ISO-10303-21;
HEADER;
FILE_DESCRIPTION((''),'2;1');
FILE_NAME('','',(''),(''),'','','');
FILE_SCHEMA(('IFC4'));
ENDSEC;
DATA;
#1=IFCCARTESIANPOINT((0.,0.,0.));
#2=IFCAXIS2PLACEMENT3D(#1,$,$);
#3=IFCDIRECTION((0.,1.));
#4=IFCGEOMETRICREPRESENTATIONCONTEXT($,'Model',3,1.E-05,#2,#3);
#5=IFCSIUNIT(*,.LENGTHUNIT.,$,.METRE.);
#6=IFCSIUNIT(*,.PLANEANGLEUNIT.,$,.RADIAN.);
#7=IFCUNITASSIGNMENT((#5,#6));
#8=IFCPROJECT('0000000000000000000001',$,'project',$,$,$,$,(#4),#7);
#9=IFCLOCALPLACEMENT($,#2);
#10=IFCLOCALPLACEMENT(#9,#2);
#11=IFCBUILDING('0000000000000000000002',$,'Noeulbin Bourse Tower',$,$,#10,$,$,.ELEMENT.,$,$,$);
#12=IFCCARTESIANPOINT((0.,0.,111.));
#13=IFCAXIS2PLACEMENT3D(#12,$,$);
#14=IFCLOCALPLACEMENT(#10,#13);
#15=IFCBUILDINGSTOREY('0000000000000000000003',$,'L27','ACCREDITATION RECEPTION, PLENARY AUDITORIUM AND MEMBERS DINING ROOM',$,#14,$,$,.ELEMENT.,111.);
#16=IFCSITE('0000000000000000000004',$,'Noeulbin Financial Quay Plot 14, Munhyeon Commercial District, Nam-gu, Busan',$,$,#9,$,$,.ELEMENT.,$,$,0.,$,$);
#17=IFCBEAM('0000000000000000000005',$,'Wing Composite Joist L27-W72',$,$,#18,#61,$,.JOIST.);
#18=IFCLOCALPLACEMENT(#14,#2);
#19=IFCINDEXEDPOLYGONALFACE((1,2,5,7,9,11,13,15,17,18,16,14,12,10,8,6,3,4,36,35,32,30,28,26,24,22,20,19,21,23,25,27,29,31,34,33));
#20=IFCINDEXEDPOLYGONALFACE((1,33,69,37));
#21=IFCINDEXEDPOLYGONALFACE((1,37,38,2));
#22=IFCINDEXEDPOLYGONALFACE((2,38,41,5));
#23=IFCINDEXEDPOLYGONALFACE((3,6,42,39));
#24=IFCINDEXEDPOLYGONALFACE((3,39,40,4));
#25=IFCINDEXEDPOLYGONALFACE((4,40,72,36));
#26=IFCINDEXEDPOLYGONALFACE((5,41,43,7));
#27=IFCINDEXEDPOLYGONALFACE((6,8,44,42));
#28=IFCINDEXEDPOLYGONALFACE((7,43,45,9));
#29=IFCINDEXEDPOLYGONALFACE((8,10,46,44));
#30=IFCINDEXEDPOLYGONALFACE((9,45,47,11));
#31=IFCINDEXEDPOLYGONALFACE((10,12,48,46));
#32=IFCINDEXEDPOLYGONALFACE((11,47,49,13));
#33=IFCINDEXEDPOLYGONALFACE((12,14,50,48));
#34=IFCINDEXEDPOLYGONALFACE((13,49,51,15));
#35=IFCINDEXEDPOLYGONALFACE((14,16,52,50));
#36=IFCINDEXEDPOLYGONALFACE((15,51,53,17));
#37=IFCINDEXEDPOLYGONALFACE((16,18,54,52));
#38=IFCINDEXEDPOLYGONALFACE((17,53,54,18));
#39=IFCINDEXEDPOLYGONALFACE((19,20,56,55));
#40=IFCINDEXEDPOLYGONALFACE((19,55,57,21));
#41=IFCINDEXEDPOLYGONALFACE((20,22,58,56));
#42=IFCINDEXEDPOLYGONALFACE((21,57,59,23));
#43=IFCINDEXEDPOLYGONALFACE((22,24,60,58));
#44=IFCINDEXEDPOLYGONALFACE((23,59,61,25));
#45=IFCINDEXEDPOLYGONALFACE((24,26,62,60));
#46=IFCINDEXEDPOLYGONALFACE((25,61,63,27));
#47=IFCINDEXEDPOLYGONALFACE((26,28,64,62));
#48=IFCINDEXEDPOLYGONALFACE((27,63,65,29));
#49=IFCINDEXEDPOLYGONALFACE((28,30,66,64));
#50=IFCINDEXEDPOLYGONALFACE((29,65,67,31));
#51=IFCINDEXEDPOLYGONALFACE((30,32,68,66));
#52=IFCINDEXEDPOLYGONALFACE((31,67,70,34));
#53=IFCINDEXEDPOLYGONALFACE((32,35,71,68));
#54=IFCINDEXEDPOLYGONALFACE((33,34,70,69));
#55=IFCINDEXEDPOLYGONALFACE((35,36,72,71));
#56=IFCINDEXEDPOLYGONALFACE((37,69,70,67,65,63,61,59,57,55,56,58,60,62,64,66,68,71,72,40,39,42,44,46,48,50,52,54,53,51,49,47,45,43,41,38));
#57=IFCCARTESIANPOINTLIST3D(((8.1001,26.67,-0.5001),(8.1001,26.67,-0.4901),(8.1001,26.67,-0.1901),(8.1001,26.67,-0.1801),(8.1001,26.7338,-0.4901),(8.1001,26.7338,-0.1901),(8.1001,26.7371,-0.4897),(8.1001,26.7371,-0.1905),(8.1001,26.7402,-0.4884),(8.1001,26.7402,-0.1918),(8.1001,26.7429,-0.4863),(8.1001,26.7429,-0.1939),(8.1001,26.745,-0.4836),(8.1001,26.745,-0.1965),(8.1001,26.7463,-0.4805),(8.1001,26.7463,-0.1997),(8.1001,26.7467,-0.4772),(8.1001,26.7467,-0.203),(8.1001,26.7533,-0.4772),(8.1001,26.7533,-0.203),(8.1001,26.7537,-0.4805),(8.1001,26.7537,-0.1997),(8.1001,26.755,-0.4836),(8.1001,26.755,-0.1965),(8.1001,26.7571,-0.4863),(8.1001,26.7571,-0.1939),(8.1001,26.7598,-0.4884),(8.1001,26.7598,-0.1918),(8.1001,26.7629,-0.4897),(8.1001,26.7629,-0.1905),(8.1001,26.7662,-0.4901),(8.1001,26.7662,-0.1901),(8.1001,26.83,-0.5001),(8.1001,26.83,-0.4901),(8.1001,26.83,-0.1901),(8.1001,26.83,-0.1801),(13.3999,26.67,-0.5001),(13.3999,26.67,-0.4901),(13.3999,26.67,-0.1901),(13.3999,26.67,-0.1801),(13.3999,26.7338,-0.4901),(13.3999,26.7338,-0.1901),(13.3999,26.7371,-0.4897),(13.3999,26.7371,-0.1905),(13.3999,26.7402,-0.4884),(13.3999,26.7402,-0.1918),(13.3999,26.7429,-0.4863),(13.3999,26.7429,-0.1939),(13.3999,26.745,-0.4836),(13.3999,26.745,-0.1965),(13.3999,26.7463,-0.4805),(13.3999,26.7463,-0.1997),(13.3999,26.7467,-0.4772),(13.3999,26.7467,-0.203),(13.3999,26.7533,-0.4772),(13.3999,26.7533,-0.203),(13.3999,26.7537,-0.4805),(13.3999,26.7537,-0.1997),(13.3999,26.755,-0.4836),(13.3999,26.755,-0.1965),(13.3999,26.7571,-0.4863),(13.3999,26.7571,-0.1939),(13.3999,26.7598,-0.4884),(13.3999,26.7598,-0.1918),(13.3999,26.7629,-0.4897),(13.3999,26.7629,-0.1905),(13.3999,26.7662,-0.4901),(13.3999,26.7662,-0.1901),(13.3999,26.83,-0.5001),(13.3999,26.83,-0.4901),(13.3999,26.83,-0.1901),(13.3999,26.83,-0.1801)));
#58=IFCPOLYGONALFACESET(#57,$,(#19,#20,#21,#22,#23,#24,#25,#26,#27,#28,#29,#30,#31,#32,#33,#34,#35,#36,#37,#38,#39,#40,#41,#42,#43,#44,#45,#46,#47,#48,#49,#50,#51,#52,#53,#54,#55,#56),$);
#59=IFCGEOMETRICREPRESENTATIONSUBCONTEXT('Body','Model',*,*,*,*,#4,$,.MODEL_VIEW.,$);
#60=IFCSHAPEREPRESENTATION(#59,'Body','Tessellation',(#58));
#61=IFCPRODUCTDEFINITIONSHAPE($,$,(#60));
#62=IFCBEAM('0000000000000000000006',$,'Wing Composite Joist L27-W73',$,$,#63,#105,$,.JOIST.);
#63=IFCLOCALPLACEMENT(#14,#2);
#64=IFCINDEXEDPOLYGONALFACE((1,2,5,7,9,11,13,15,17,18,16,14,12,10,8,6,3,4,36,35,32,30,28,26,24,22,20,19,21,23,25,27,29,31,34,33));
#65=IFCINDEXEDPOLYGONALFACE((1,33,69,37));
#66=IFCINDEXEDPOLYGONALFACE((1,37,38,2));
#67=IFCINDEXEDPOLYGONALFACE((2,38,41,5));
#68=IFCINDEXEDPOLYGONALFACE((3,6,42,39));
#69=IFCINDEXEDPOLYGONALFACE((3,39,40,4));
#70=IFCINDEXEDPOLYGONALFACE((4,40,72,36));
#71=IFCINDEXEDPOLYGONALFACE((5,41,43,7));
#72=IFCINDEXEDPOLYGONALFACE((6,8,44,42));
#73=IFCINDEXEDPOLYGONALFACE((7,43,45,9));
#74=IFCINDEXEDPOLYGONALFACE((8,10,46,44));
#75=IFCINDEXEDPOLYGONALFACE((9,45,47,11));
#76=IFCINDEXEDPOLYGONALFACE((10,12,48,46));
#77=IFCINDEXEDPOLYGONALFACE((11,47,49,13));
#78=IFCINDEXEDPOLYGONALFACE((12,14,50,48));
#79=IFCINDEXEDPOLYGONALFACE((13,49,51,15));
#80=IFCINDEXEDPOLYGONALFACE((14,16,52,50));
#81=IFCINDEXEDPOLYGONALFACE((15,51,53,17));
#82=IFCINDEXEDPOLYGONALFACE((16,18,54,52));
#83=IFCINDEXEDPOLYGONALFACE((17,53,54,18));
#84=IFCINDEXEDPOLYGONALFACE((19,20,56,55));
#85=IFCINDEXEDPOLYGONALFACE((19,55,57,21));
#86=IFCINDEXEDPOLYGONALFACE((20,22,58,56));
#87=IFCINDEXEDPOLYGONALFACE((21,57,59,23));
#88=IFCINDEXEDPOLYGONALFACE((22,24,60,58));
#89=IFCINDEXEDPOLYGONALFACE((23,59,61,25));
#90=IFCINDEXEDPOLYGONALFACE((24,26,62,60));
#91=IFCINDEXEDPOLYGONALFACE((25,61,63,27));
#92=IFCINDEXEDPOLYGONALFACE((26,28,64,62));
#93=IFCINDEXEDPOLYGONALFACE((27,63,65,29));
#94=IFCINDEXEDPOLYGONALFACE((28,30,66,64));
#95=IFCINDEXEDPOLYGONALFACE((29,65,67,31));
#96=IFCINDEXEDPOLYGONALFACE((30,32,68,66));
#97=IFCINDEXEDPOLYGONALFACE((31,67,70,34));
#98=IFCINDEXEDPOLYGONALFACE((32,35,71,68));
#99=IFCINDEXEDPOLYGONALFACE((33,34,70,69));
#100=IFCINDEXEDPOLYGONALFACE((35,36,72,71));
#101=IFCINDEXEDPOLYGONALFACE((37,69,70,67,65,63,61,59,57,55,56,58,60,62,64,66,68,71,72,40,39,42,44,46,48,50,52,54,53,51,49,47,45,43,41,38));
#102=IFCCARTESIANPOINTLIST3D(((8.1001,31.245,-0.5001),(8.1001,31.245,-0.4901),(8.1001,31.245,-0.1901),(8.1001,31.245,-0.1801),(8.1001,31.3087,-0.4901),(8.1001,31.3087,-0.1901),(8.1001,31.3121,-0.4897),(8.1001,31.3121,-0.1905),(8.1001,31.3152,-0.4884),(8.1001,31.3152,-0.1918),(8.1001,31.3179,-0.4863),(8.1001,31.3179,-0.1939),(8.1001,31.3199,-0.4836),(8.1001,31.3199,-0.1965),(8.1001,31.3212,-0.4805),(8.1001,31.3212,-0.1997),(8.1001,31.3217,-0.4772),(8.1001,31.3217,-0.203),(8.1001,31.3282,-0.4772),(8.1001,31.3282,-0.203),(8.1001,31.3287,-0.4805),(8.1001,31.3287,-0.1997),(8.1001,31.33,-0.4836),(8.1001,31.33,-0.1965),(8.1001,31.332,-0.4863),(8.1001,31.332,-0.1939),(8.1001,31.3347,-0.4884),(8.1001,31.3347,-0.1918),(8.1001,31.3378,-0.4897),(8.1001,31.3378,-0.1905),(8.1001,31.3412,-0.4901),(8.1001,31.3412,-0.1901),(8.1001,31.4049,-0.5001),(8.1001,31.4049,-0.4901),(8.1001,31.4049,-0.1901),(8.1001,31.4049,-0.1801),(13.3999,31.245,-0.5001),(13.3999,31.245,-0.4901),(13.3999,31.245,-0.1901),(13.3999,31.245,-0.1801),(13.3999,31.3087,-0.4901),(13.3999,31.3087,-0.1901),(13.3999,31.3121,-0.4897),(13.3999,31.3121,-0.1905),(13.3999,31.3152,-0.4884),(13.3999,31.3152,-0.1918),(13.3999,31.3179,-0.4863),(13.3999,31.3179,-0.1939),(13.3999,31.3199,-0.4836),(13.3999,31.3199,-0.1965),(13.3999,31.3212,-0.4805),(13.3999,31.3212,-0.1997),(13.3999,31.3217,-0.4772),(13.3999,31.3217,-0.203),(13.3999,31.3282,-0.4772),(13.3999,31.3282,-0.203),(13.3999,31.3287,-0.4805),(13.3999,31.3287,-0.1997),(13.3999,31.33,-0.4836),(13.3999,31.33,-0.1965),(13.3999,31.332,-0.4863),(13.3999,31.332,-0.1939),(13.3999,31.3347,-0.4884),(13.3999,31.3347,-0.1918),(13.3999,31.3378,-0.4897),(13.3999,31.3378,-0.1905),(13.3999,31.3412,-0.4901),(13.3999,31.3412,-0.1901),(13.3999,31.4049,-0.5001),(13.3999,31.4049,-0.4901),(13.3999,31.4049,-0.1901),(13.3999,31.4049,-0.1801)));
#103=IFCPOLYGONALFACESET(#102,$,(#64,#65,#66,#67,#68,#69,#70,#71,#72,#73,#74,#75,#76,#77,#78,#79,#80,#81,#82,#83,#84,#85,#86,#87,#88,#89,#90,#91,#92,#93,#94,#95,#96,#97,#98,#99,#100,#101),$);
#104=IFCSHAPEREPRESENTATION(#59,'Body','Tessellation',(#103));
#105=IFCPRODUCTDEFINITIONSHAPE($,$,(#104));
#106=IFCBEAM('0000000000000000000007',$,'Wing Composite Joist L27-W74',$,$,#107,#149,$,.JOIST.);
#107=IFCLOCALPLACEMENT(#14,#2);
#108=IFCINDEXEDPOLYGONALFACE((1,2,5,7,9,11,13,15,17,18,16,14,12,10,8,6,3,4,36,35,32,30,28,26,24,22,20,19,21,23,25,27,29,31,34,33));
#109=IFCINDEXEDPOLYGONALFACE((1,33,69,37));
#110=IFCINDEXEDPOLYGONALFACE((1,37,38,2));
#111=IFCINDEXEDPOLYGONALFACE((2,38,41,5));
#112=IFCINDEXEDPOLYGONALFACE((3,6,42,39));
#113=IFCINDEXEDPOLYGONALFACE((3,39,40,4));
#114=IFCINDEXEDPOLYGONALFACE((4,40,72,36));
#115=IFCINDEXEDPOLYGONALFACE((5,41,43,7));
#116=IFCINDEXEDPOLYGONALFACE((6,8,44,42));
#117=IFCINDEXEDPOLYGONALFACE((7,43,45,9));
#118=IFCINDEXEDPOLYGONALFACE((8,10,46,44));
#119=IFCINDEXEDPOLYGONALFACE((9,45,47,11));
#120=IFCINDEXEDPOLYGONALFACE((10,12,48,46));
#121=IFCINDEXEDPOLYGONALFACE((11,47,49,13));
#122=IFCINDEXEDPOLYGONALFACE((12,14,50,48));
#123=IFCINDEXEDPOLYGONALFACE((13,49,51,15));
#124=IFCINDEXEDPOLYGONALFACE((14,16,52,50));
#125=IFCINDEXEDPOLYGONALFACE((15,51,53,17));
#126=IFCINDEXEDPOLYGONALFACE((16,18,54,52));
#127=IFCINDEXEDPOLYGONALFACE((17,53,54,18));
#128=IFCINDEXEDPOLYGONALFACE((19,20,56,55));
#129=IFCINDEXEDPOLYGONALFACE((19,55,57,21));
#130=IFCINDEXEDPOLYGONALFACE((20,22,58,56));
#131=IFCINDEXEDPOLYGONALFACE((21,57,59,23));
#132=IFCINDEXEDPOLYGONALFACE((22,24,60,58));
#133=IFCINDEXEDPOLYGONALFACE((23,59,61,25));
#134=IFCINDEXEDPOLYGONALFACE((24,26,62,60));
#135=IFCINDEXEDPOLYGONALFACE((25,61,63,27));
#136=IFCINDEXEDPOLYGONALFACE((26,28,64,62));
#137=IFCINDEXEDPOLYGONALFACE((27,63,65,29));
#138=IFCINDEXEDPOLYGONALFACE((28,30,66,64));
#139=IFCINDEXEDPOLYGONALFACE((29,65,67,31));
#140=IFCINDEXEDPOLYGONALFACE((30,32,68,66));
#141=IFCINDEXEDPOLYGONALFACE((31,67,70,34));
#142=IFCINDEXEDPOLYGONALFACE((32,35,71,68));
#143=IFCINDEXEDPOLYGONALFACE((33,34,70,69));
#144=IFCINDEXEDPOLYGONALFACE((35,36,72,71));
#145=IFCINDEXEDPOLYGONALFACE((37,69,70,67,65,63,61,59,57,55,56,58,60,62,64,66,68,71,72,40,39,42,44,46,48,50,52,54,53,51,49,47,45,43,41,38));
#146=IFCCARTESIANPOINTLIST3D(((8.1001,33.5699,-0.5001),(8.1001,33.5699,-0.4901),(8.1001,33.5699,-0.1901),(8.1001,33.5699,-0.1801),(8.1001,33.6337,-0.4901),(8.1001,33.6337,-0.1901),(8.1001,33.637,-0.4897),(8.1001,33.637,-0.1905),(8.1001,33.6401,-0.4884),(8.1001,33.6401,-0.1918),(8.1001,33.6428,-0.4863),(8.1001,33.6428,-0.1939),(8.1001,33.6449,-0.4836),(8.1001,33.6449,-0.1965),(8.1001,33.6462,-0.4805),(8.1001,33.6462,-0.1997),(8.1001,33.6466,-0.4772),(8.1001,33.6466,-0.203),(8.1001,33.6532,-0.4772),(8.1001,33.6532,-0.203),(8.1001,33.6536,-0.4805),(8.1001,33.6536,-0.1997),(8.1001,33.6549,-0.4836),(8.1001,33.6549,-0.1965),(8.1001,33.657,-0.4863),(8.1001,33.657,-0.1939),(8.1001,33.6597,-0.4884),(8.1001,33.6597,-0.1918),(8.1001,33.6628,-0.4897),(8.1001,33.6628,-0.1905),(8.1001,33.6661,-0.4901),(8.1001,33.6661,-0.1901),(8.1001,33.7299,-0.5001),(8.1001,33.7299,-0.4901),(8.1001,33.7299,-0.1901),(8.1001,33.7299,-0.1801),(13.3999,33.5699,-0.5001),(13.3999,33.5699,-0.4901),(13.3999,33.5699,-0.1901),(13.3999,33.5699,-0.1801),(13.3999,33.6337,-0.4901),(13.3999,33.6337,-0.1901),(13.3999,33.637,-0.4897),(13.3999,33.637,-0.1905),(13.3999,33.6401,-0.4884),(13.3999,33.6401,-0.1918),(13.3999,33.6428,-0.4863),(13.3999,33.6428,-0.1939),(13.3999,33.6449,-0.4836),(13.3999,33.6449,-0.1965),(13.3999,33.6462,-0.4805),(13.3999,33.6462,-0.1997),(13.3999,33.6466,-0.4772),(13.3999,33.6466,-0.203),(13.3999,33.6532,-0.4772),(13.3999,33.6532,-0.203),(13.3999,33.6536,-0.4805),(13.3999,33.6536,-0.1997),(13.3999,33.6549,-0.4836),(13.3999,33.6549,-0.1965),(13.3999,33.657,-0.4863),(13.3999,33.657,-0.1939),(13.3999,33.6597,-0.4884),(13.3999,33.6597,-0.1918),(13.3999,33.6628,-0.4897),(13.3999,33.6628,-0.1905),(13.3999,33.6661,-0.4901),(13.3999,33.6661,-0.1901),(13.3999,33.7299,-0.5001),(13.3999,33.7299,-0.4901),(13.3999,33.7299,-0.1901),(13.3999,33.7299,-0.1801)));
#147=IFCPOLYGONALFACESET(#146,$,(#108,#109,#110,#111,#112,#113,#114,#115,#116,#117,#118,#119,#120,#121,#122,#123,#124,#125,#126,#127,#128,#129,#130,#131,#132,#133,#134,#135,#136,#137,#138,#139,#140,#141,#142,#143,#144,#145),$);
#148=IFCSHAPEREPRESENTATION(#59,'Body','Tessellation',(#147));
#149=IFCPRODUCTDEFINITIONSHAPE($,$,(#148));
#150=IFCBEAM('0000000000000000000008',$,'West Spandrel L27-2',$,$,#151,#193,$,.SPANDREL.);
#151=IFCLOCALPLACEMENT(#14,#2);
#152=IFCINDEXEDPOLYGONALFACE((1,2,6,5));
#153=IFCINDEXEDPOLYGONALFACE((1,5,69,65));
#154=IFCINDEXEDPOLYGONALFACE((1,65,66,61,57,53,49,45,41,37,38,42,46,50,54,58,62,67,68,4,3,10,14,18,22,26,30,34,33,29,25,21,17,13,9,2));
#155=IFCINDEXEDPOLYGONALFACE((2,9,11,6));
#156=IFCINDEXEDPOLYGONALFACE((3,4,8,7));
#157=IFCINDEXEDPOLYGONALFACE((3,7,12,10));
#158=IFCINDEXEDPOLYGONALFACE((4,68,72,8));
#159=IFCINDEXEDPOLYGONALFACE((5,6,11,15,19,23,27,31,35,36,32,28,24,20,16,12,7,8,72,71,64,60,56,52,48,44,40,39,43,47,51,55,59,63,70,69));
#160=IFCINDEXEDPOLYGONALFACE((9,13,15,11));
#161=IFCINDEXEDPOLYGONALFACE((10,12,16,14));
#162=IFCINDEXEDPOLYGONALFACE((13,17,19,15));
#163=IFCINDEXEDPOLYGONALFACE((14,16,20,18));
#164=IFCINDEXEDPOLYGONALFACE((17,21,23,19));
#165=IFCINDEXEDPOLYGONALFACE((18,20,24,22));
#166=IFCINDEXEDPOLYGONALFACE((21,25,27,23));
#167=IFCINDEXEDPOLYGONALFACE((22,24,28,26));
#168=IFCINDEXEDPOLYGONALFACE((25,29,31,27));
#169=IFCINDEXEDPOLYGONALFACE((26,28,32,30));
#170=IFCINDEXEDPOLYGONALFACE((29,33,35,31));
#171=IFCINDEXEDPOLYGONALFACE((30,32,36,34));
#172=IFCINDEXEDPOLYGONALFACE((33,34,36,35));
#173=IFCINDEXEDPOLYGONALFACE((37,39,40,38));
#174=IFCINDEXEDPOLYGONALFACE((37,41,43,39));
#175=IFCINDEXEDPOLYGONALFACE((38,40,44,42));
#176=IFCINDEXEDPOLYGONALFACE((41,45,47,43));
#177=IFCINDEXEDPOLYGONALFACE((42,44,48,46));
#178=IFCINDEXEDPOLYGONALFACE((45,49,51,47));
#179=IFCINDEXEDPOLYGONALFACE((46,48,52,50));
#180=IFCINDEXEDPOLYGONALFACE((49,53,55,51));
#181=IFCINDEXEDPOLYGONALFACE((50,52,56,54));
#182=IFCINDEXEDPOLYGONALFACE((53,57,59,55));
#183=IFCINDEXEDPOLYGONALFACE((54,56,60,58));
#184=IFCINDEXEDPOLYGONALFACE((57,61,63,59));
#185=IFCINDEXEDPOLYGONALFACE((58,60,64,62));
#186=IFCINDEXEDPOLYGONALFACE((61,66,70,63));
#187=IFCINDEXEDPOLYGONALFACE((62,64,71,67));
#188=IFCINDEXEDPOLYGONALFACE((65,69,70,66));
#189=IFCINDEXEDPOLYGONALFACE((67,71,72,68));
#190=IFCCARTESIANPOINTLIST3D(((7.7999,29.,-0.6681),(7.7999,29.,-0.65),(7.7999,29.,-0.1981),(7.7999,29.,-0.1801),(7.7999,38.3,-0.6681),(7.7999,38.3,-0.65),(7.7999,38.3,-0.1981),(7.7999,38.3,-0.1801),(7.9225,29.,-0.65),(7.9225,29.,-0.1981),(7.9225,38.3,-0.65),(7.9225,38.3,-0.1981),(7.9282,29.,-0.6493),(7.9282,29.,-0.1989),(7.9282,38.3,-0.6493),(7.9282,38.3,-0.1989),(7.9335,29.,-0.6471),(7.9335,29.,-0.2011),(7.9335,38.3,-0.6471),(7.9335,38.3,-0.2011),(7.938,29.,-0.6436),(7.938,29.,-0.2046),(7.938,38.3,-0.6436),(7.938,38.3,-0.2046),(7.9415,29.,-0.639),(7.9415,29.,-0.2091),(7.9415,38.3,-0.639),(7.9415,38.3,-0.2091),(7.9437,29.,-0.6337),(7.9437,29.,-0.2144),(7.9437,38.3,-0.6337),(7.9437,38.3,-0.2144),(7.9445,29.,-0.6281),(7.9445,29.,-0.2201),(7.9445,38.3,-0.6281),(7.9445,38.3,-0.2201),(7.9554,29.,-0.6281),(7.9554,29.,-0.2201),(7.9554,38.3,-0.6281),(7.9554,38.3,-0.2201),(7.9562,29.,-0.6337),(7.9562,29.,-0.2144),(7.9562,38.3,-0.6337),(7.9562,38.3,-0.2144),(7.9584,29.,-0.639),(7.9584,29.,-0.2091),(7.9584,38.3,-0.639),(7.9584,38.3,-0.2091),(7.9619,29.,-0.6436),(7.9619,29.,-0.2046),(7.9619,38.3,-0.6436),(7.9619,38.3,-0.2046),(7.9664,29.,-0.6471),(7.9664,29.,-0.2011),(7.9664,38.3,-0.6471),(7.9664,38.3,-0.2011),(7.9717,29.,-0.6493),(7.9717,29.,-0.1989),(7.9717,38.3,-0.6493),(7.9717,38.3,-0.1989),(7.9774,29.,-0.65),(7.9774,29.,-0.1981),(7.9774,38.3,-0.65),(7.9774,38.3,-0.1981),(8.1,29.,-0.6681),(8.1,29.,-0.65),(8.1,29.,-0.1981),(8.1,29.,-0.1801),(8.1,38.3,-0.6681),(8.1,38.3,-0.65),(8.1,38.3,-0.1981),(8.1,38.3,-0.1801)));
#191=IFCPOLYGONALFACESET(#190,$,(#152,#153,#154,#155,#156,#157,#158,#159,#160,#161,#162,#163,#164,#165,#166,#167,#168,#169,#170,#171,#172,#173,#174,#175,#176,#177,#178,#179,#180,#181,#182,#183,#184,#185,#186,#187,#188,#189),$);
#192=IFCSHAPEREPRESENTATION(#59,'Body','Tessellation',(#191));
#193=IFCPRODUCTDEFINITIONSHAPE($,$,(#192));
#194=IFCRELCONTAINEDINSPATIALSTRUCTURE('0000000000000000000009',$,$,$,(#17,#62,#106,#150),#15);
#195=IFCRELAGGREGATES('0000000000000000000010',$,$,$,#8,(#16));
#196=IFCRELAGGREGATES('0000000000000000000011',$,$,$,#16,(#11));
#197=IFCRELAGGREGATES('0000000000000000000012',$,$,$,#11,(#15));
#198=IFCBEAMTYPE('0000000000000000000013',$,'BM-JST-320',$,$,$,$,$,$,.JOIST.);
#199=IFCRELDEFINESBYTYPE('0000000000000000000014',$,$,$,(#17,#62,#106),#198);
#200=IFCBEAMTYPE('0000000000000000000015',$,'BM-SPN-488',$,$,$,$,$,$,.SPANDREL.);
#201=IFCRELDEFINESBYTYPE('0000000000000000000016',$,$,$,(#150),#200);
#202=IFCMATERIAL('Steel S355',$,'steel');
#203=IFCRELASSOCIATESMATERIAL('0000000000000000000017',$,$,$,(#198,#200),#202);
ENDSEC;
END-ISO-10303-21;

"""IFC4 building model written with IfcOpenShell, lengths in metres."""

from ifc_helpers import new_model, si_unit, direction, frame, origin, origin_2d, place, context, subcontext, project, spatial, i_section, extrude, material, material_profile, profile_set, type_object, element, save


model = new_model("IFC4")

# Units and contexts
model_context = context("Model", 3, precision=1e-05, world=origin(), true_north=direction((0.0, 1.0)))
body_context = subcontext(model_context, "Body", "Model", "MODEL_VIEW")
ifc_project = project(units=[si_unit("LENGTHUNIT", "METRE"), si_unit("PLANEANGLEUNIT", "RADIAN")], contexts=[model_context])

# Site, building, storey
site_placement = place(None, origin())
site = spatial("IfcSite", under=ifc_project, at=site_placement, Name="Noeulbin Financial Quay Plot 14, Munhyeon Commercial District, Nam-gu, Busan", CompositionType="ELEMENT", RefElevation=0.0)
building_placement = place(site_placement, origin())
building = spatial("IfcBuilding", under=site, at=building_placement, Name="Noeulbin Bourse Tower", CompositionType="ELEMENT")
storey_placement = place(building_placement, frame((0.0, 0.0, 111.0)))
storey = spatial("IfcBuildingStorey", under=building, at=storey_placement, Name="L27", Description="ACCREDITATION RECEPTION, PLENARY AUDITORIUM AND MEMBERS DINING ROOM", CompositionType="ELEMENT", Elevation=111.0)

# Shared definitions
ifc_material_1 = material(Name="Steel S355", Category="steel")

# Beams
ifc_material_profile_1 = material_profile(ifc_material_1, i_section(OverallWidth=0.1599, OverallDepth=0.3201, WebThickness=0.0066, FlangeThickness=0.01, FilletRadius=0.0129, at=origin_2d()), Name="H-320x160x6.5x10", Category="LoadBearing")
ifc_profile_set_1 = profile_set([ifc_material_profile_1], Name="Steel S355")
beam_type_1 = type_object("IfcBeamType", Name="BM-JST-320", PredefinedType="JOIST", material=ifc_profile_set_1)
for number, where, z_axis, x_axis, name in (
    (1, (8.1001, 26.75, -0.3401), (1.0, 0.0, 0.0), (0.0, 1.0, 0.0), "Wing Composite Joist L27-W72"),
    (2, (8.1001, 31.325, -0.3401), (1.0, 0.0, 0.0), (0.0, 1.0, 0.0), "Wing Composite Joist L27-W73"),
    (3, (8.1001, 33.6499, -0.3401), (1.0, 0.0, 0.0), (0.0, 1.0, 0.0), "Wing Composite Joist L27-W74"),
):
    element("IfcBeam", number, at=place(storey_placement, frame(where, z_axis=z_axis, x_axis=x_axis)), inside=storey, type_object=beam_type_1, Name=name, PredefinedType="JOIST", context=body_context, shape_type="SweptSolid", body=[
        extrude(i_section(OverallWidth=0.1599, OverallDepth=0.3201, WebThickness=0.0066, FlangeThickness=0.01, FilletRadius=0.0129, at=origin_2d()), origin(), (0.0, 0.0, 1.0), 5.2998),
    ])
ifc_material_profile_2 = material_profile(ifc_material_1, i_section(OverallWidth=0.3, OverallDepth=0.488, WebThickness=0.011, FlangeThickness=0.0181, FilletRadius=0.022, at=origin_2d()), Name="H-488x300x11x18", Category="LoadBearing")
ifc_profile_set_2 = profile_set([ifc_material_profile_2], Name="Steel S355")
beam_type_2 = type_object("IfcBeamType", Name="BM-SPN-488", PredefinedType="SPANDREL", material=ifc_profile_set_2)
beam_1_placement = place(storey_placement, frame((7.95, 29.0, -0.4241), z_axis=(0.0, 1.0, 0.0), x_axis=(-1.0, 0.0, 0.0)))
element("IfcBeam", 4, at=beam_1_placement, inside=storey, type_object=beam_type_2, Name="West Spandrel L27-2", PredefinedType="SPANDREL", context=body_context, shape_type="SweptSolid", body=[
    extrude(i_section(OverallWidth=0.3, OverallDepth=0.488, WebThickness=0.011, FlangeThickness=0.0181, FilletRadius=0.022, at=origin_2d()), origin(), (0.0, 0.0, 1.0), 9.3),
])

save(model, "model.ifc")
